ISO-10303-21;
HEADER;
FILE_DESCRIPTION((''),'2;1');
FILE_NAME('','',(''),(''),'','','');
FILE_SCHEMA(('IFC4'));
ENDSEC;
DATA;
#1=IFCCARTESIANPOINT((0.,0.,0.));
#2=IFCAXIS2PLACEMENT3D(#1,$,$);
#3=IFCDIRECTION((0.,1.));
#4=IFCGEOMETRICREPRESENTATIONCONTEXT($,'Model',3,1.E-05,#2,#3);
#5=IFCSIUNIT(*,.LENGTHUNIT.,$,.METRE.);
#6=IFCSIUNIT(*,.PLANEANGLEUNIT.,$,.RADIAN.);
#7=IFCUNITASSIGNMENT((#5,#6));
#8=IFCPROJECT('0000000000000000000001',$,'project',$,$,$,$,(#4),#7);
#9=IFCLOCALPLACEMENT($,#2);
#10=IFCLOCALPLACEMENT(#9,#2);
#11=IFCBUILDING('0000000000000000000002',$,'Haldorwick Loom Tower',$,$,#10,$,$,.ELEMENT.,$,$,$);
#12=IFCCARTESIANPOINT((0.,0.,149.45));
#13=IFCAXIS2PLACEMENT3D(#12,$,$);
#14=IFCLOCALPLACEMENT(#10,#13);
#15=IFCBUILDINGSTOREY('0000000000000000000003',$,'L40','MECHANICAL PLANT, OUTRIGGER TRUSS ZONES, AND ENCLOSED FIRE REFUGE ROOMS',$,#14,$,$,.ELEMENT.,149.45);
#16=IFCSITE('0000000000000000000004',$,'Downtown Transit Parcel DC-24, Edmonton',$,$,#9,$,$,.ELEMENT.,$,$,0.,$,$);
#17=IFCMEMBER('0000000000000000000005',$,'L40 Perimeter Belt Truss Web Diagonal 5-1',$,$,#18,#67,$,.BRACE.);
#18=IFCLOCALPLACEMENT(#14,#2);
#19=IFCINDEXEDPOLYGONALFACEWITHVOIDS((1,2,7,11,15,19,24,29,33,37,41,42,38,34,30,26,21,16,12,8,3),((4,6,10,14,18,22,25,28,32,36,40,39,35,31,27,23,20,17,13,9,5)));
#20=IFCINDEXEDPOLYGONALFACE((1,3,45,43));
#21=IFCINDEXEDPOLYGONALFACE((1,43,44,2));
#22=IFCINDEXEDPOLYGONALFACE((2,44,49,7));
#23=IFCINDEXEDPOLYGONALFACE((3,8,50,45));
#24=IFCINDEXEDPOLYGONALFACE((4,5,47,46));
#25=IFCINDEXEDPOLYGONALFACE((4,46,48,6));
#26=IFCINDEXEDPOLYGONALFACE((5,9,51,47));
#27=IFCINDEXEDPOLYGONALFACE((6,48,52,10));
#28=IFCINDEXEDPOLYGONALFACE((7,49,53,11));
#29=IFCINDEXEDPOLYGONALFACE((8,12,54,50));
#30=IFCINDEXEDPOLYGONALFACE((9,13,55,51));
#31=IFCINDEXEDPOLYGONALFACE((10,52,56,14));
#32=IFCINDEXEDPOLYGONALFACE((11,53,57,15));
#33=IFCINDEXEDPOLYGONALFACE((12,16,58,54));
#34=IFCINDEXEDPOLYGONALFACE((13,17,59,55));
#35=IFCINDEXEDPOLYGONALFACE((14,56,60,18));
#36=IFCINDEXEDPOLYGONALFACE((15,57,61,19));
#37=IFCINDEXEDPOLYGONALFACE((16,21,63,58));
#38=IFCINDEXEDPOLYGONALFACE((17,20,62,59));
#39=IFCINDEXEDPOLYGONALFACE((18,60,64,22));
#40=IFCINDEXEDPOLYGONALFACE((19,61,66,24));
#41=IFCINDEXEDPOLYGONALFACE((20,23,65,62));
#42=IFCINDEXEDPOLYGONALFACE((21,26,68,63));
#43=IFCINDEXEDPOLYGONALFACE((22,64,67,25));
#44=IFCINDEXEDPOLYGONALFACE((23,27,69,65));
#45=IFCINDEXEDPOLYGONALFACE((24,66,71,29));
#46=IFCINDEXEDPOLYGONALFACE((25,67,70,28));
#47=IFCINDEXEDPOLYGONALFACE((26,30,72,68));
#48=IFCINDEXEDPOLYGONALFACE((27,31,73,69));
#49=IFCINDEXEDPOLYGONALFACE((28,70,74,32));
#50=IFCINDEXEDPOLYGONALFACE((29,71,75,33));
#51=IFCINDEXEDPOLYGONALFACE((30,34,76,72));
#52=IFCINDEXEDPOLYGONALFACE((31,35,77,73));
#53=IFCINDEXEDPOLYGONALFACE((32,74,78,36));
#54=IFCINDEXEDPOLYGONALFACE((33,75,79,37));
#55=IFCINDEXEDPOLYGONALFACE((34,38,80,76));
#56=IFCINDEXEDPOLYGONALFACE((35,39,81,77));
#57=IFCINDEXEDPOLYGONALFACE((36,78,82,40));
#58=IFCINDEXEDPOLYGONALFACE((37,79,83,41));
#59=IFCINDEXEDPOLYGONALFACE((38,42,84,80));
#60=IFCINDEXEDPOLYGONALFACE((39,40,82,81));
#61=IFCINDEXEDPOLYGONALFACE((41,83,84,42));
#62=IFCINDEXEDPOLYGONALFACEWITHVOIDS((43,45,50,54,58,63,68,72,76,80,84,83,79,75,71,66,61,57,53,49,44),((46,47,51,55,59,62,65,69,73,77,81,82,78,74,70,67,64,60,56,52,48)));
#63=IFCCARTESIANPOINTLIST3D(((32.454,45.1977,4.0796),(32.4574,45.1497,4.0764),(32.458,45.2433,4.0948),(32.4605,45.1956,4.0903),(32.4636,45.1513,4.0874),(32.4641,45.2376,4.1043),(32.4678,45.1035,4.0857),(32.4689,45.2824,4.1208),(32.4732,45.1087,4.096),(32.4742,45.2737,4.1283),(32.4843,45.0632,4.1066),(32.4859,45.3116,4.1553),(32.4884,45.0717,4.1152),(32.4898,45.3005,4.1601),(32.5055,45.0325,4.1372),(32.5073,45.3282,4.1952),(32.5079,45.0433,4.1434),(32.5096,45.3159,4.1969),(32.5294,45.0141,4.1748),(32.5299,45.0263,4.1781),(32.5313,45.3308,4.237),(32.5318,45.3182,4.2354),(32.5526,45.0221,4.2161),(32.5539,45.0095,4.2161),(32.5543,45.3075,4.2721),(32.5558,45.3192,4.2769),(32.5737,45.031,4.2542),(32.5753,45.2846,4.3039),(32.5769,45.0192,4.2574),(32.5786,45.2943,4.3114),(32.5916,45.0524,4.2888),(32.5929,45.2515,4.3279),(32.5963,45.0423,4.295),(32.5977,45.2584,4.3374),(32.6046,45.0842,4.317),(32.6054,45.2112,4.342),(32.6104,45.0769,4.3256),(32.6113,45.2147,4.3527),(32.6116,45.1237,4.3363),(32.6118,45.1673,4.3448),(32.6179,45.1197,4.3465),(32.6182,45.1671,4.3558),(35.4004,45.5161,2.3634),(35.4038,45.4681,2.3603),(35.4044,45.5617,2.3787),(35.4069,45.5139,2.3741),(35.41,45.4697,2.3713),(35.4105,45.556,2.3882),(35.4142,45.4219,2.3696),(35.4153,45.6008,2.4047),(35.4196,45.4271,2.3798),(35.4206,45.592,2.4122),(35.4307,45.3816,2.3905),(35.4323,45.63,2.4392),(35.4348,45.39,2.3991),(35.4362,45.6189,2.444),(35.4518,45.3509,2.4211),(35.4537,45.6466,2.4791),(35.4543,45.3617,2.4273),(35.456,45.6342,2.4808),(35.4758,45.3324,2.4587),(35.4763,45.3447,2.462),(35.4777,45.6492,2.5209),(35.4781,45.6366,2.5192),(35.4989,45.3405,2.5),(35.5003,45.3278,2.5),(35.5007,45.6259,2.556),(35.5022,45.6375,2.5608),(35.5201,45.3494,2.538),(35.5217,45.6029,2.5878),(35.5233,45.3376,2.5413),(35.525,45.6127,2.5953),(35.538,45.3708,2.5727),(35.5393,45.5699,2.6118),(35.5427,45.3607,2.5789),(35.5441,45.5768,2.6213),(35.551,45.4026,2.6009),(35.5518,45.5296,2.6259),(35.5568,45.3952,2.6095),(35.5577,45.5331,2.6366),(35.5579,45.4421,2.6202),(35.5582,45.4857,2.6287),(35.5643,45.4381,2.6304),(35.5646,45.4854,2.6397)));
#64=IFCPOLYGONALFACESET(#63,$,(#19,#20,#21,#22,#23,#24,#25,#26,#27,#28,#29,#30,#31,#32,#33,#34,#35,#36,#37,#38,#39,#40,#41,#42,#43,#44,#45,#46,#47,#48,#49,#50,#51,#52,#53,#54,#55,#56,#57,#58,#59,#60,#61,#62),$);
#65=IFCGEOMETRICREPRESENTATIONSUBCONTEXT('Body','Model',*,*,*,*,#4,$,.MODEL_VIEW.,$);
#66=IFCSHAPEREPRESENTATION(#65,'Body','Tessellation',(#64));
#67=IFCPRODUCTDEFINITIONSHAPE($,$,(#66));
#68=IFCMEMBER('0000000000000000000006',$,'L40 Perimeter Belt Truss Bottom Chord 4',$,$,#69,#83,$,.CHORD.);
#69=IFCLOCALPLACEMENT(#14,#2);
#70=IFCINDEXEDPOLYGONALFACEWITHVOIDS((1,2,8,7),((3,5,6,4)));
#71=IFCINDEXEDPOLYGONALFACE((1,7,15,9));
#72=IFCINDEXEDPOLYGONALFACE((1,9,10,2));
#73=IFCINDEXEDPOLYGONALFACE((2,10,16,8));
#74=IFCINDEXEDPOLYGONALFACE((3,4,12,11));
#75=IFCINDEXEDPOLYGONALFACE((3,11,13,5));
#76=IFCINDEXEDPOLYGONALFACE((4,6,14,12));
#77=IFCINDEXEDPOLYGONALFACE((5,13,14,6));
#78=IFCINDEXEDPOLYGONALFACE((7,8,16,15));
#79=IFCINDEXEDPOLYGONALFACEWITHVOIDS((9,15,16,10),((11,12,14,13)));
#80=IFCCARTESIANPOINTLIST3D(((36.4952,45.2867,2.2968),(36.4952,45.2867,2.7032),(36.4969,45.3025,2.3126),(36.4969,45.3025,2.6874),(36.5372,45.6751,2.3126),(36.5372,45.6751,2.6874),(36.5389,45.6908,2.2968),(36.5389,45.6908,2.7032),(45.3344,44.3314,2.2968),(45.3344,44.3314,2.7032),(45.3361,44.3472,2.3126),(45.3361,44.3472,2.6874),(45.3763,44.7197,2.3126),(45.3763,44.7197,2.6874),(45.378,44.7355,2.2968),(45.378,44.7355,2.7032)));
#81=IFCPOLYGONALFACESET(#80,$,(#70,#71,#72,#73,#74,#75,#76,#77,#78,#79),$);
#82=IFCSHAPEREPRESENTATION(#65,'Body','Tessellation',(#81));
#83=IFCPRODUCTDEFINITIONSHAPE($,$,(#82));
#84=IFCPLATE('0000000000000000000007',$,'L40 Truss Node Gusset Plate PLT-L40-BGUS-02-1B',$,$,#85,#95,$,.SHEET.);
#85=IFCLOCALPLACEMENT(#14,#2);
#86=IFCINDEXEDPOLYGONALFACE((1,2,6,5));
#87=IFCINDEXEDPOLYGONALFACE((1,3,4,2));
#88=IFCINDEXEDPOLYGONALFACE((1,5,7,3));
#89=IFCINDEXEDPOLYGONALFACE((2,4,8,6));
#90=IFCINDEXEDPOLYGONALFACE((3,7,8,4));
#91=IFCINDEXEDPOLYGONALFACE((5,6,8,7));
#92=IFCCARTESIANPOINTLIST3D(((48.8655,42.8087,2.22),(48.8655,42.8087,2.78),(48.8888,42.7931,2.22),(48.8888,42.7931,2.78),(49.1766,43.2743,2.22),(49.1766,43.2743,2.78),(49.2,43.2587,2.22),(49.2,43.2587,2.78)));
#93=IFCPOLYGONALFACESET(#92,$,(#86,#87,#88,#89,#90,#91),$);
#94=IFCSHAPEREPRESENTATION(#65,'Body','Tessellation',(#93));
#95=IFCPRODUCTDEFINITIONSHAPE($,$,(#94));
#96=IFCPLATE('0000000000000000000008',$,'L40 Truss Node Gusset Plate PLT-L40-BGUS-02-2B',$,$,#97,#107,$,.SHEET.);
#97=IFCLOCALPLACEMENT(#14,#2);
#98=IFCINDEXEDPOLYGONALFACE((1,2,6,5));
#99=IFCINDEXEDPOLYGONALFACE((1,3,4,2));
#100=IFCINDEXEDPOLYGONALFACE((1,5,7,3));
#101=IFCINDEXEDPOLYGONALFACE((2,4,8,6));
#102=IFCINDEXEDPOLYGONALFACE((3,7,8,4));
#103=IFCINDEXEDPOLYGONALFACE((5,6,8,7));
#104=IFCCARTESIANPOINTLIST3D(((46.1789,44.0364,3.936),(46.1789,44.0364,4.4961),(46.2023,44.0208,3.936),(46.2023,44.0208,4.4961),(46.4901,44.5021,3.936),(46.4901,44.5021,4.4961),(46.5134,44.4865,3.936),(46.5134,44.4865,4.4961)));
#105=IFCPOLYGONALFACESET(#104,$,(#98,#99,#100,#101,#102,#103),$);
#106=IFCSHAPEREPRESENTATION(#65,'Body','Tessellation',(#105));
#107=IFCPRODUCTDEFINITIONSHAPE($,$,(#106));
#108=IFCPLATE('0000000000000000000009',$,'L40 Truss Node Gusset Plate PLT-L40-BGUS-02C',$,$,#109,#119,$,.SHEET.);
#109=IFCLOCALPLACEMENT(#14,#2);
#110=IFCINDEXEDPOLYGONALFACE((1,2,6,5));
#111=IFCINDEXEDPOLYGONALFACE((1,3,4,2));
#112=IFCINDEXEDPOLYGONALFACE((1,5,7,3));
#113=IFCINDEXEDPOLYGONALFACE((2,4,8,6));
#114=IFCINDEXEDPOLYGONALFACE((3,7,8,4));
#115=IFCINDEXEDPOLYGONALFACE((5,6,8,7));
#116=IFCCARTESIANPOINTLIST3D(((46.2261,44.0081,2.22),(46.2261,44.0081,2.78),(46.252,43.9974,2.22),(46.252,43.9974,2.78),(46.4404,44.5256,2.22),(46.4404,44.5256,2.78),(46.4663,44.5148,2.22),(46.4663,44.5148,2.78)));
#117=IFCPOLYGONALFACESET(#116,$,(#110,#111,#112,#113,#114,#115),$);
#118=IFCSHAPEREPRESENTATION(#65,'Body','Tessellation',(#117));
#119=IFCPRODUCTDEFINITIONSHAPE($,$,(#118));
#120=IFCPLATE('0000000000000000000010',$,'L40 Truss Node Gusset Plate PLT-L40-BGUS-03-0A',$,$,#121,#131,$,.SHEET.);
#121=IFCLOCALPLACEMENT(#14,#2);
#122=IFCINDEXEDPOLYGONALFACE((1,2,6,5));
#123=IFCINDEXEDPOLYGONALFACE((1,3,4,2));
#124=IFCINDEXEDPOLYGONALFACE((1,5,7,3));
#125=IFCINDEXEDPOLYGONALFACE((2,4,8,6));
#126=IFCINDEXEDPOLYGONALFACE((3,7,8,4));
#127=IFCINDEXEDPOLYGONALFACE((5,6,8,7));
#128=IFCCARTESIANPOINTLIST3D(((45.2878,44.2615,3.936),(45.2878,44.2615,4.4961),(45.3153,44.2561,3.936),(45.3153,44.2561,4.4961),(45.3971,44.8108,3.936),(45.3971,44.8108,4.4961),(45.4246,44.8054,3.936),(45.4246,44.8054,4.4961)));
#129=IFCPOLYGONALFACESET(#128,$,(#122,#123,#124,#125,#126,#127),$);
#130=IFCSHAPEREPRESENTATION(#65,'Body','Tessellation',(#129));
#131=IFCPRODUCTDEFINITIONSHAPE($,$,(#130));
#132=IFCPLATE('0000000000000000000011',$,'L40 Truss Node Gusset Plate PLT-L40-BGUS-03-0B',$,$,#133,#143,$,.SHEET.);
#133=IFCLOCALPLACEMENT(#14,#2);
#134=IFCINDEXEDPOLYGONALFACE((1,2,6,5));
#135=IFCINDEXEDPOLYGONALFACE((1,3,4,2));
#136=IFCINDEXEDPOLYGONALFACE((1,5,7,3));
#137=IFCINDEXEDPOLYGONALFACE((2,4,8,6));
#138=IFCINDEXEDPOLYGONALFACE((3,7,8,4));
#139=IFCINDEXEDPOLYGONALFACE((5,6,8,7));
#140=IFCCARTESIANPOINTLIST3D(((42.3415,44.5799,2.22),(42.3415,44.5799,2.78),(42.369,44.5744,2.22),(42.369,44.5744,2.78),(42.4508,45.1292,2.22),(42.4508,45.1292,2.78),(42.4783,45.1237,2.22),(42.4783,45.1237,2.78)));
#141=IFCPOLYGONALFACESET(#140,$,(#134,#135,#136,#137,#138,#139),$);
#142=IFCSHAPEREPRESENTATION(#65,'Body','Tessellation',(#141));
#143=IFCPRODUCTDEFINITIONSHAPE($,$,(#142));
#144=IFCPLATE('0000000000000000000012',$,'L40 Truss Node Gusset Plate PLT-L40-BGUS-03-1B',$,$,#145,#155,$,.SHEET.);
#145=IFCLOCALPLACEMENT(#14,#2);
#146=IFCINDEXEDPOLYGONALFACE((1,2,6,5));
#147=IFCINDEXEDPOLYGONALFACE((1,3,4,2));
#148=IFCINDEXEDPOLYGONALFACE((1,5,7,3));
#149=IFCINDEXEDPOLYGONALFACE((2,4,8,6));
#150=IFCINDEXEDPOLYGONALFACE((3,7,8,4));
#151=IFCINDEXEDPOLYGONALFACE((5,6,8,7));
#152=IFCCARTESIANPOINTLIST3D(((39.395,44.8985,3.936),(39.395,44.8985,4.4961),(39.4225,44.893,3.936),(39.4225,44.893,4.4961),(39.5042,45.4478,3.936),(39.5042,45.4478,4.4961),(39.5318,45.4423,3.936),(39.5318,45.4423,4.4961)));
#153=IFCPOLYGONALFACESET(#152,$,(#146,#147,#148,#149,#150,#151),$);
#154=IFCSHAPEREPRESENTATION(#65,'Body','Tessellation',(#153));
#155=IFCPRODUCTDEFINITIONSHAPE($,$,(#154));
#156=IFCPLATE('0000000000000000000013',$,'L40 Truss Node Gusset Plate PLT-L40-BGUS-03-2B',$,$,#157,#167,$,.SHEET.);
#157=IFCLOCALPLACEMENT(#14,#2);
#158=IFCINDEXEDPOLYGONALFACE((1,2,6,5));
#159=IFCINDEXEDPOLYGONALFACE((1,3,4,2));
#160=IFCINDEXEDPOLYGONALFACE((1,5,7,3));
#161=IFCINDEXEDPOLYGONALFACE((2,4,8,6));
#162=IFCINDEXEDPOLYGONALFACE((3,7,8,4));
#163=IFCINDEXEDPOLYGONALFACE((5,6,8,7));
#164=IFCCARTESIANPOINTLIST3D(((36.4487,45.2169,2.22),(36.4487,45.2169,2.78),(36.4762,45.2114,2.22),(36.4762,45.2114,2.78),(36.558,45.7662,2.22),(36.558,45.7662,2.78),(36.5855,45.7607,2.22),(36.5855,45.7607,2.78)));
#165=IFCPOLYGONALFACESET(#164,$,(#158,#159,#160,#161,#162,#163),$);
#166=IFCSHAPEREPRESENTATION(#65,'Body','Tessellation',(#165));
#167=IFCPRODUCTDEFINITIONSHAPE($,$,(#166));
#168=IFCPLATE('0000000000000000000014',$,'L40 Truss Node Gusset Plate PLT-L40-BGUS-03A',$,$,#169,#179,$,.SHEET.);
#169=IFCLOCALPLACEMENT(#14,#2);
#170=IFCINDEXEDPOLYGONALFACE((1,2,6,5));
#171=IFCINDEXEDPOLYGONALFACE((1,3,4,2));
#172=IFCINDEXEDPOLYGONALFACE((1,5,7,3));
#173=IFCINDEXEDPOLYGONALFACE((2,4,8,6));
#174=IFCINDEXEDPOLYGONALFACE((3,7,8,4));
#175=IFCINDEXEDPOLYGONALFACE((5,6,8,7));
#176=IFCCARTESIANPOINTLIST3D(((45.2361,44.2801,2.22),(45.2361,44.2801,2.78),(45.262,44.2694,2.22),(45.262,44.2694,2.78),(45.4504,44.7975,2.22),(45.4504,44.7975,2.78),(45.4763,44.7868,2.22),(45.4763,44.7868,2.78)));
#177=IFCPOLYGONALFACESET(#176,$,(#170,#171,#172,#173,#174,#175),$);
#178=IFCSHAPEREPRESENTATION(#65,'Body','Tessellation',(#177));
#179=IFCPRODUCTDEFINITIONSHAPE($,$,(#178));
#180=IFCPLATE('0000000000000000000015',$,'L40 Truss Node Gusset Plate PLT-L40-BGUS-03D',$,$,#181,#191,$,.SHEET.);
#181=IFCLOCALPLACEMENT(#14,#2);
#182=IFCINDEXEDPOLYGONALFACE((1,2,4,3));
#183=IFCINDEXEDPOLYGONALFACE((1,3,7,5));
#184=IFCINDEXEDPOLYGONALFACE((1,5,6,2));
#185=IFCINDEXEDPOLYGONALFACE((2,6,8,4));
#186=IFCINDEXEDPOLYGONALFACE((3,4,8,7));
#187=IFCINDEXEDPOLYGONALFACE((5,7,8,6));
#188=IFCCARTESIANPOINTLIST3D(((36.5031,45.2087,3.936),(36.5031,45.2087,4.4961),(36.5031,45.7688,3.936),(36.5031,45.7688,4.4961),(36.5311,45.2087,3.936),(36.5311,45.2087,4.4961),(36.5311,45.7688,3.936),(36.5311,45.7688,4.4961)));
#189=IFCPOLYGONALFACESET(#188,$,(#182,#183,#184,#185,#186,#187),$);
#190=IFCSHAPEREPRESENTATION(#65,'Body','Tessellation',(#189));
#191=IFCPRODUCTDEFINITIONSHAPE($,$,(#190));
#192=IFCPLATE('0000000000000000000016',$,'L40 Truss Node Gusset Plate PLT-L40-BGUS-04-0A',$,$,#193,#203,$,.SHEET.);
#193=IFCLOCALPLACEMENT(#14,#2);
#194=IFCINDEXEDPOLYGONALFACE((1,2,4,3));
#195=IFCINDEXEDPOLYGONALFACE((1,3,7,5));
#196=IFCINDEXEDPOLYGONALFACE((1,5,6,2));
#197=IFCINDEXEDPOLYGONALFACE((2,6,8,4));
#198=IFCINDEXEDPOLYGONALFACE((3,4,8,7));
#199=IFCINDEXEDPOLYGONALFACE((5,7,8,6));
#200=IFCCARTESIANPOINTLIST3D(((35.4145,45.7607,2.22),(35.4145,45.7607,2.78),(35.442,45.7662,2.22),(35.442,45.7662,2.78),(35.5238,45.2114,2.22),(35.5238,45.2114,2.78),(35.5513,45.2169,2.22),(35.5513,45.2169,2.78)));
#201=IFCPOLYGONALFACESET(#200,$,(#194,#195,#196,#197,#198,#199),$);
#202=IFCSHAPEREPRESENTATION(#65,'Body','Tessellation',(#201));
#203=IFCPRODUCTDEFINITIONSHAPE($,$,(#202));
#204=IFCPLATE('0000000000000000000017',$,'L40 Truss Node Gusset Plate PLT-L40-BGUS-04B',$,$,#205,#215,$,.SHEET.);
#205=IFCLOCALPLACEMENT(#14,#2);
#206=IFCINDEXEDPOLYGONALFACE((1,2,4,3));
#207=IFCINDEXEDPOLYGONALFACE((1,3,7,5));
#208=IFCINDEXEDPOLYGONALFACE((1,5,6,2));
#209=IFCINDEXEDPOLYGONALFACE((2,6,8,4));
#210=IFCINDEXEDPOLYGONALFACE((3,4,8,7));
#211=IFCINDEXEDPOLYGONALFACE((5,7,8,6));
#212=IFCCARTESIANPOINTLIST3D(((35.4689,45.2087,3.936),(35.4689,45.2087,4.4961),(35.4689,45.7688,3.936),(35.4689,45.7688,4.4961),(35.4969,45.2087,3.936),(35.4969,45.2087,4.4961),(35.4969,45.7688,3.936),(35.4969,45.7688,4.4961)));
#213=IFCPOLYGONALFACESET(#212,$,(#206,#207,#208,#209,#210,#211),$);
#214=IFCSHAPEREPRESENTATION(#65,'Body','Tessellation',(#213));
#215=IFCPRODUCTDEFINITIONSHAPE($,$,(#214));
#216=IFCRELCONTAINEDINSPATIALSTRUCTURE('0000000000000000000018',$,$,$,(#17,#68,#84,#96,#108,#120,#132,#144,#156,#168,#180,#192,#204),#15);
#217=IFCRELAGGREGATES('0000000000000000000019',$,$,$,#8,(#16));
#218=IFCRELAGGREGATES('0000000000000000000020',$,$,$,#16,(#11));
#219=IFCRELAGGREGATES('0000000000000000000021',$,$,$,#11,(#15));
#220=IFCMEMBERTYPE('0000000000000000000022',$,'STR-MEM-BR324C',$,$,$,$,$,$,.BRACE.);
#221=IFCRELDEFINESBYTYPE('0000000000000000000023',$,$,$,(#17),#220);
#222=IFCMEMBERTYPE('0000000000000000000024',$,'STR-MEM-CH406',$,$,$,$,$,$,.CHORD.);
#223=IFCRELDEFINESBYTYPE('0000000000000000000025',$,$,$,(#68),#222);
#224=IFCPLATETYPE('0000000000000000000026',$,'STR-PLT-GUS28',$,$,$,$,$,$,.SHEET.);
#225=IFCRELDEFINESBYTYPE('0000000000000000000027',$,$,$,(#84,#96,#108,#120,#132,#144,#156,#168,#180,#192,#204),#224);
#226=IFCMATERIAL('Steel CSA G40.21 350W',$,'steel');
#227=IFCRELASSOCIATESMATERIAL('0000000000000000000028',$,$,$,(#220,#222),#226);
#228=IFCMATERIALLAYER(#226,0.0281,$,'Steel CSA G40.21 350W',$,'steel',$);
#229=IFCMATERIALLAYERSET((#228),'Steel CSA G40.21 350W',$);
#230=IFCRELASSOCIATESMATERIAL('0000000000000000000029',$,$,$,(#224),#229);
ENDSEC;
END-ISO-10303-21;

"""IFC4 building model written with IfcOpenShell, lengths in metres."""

from ifc_helpers import new_model, si_unit, direction, frame, origin, origin_2d, place, context, subcontext, project, spatial, rectangle, hollow_rectangle, hollow_circle, extrude, material, layer, layer_set, material_profile, profile_set, type_object, element, save


model = new_model("IFC4")

# Units and contexts
model_context = context("Model", 3, precision=1e-05, world=origin(), true_north=direction((0.0, 1.0)))
body_context = subcontext(model_context, "Body", "Model", "MODEL_VIEW")
ifc_project = project(units=[si_unit("LENGTHUNIT", "METRE"), si_unit("PLANEANGLEUNIT", "RADIAN")], contexts=[model_context])

# Site, building, storey
site_placement = place(None, origin())
site = spatial("IfcSite", under=ifc_project, at=site_placement, Name="Downtown Transit Parcel DC-24, Edmonton", CompositionType="ELEMENT", RefElevation=0.0)
building_placement = place(site_placement, origin())
building = spatial("IfcBuilding", under=site, at=building_placement, Name="Haldorwick Loom Tower", CompositionType="ELEMENT")
storey_placement = place(building_placement, frame((0.0, 0.0, 149.45)))
storey = spatial("IfcBuildingStorey", under=building, at=storey_placement, Name="L40", Description="MECHANICAL PLANT, OUTRIGGER TRUSS ZONES, AND ENCLOSED FIRE REFUGE ROOMS", CompositionType="ELEMENT", Elevation=149.45)

# Shared definitions
ifc_material_1 = material(Name="Steel CSA G40.21 350W", Category="steel")

# Members
ifc_material_profile_1 = material_profile(ifc_material_1, hollow_circle(Radius=0.1619, WallThickness=0.0127, at=origin_2d()), Name="HSS324X13", Category="steel")
ifc_profile_set_1 = profile_set([ifc_material_profile_1], Name="Steel CSA G40.21 350W")
member_type_1 = type_object("IfcMemberType", Name="STR-MEM-BR324C", PredefinedType="BRACE", material=ifc_profile_set_1)
for number, where, z_axis, x_axis, name in (
    (1, (35.4829, 45.4888, 2.5), (-0.860369, -0.092967, 0.501121), (0.107429, -0.994213, 0.0), "L40 Perimeter Belt Truss Web Diagonal 5-1"),
):
    element("IfcMember", number, at=place(storey_placement, frame(where, z_axis=z_axis, x_axis=x_axis)), inside=storey, type_object=member_type_1, Name=name, PredefinedType="BRACE", context=body_context, shape_type="SweptSolid", body=[
        extrude(hollow_circle(Radius=0.1619, WallThickness=0.0127, at=origin_2d()), origin(), (0.0, 0.0, 1.0), 3.4246),
    ])
ifc_material_profile_2 = material_profile(ifc_material_1, hollow_rectangle(XDim=0.4065, YDim=0.4065, WallThickness=0.0159, at=origin_2d()), Name="HSS406X406X16", Category="steel")
ifc_profile_set_2 = profile_set([ifc_material_profile_2], Name="Steel CSA G40.21 350W")
member_type_2 = type_object("IfcMemberType", Name="STR-MEM-CH406", PredefinedType="CHORD", material=ifc_profile_set_2)
member_placement = place(storey_placement, frame((45.3562, 44.5334, 2.5), z_axis=(-0.99421, 0.107453, 0.0), x_axis=(-0.107453, -0.99421, 0.0)))
element("IfcMember", 2, at=member_placement, inside=storey, type_object=member_type_2, Name="L40 Perimeter Belt Truss Bottom Chord 4", PredefinedType="CHORD", context=body_context, shape_type="SweptSolid", body=[
    extrude(hollow_rectangle(XDim=0.4065, YDim=0.4065, WallThickness=0.0159, at=origin_2d()), origin(), (0.0, 0.0, 1.0), 8.8906),
])

# Plates
ifc_layer_1 = layer(ifc_material_1, 0.0281, Name="Steel CSA G40.21 350W", Category="steel")
ifc_layer_set_1 = layer_set([ifc_layer_1], Name="Steel CSA G40.21 350W")
plate_type = type_object("IfcPlateType", Name="STR-PLT-GUS28", PredefinedType="SHEET", material=ifc_layer_set_1)
for number, where, z_axis, x_axis, name in (
    (3, (49.0327, 43.0337, 2.22), (0.0, 0.0, 1.0), (0.55557, 0.83147, 0.0), "L40 Truss Node Gusset Plate PLT-L40-BGUS-02-1B"),
    (4, (46.3462, 44.2615, 3.936), (0.0, 0.0, 1.0), (0.55557, 0.83147, 0.0), "L40 Truss Node Gusset Plate PLT-L40-BGUS-02-2B"),
    (5, (46.3462, 44.2615, 2.22), (0.0, 0.0, 1.0), (0.382683, 0.92388, 0.0), "L40 Truss Node Gusset Plate PLT-L40-BGUS-02C"),
    (6, (45.3562, 44.5334, 3.936), (0.0, 0.0, 1.0), (0.19509, 0.980785, 0.0), "L40 Truss Node Gusset Plate PLT-L40-BGUS-03-0A"),
    (7, (42.4099, 44.8518, 2.22), (0.0, 0.0, 1.0), (0.19509, 0.980785, 0.0), "L40 Truss Node Gusset Plate PLT-L40-BGUS-03-0B"),
    (8, (39.4634, 45.1704, 3.936), (0.0, 0.0, 1.0), (0.19509, 0.980785, 0.0), "L40 Truss Node Gusset Plate PLT-L40-BGUS-03-1B"),
    (9, (36.5171, 45.4888, 2.22), (0.0, 0.0, 1.0), (0.19509, 0.980785, 0.0), "L40 Truss Node Gusset Plate PLT-L40-BGUS-03-2B"),
    (10, (45.3562, 44.5334, 2.22), (0.0, 0.0, 1.0), (0.382683, 0.92388, 0.0), "L40 Truss Node Gusset Plate PLT-L40-BGUS-03A"),
    (11, (36.5171, 45.4888, 3.936), (0.0, 0.0, 1.0), (0.0, 1.0, 0.0), "L40 Truss Node Gusset Plate PLT-L40-BGUS-03D"),
    (12, (35.4829, 45.4888, 2.22), (0.0, 0.0, 1.0), (-0.19509, 0.980785, 0.0), "L40 Truss Node Gusset Plate PLT-L40-BGUS-04-0A"),
    (13, (35.4829, 45.4888, 3.936), (0.0, 0.0, 1.0), (0.0, 1.0, 0.0), "L40 Truss Node Gusset Plate PLT-L40-BGUS-04B"),
):
    element("IfcPlate", number, at=place(storey_placement, frame(where, z_axis=z_axis, x_axis=x_axis)), inside=storey, type_object=plate_type, Name=name, PredefinedType="SHEET", context=body_context, shape_type="SweptSolid", body=[
        extrude(rectangle(XDim=0.5601, YDim=0.0281, at=origin_2d()), origin(), (0.0, 0.0, 1.0), 0.5601),
    ])

save(model, "model.ifc")
